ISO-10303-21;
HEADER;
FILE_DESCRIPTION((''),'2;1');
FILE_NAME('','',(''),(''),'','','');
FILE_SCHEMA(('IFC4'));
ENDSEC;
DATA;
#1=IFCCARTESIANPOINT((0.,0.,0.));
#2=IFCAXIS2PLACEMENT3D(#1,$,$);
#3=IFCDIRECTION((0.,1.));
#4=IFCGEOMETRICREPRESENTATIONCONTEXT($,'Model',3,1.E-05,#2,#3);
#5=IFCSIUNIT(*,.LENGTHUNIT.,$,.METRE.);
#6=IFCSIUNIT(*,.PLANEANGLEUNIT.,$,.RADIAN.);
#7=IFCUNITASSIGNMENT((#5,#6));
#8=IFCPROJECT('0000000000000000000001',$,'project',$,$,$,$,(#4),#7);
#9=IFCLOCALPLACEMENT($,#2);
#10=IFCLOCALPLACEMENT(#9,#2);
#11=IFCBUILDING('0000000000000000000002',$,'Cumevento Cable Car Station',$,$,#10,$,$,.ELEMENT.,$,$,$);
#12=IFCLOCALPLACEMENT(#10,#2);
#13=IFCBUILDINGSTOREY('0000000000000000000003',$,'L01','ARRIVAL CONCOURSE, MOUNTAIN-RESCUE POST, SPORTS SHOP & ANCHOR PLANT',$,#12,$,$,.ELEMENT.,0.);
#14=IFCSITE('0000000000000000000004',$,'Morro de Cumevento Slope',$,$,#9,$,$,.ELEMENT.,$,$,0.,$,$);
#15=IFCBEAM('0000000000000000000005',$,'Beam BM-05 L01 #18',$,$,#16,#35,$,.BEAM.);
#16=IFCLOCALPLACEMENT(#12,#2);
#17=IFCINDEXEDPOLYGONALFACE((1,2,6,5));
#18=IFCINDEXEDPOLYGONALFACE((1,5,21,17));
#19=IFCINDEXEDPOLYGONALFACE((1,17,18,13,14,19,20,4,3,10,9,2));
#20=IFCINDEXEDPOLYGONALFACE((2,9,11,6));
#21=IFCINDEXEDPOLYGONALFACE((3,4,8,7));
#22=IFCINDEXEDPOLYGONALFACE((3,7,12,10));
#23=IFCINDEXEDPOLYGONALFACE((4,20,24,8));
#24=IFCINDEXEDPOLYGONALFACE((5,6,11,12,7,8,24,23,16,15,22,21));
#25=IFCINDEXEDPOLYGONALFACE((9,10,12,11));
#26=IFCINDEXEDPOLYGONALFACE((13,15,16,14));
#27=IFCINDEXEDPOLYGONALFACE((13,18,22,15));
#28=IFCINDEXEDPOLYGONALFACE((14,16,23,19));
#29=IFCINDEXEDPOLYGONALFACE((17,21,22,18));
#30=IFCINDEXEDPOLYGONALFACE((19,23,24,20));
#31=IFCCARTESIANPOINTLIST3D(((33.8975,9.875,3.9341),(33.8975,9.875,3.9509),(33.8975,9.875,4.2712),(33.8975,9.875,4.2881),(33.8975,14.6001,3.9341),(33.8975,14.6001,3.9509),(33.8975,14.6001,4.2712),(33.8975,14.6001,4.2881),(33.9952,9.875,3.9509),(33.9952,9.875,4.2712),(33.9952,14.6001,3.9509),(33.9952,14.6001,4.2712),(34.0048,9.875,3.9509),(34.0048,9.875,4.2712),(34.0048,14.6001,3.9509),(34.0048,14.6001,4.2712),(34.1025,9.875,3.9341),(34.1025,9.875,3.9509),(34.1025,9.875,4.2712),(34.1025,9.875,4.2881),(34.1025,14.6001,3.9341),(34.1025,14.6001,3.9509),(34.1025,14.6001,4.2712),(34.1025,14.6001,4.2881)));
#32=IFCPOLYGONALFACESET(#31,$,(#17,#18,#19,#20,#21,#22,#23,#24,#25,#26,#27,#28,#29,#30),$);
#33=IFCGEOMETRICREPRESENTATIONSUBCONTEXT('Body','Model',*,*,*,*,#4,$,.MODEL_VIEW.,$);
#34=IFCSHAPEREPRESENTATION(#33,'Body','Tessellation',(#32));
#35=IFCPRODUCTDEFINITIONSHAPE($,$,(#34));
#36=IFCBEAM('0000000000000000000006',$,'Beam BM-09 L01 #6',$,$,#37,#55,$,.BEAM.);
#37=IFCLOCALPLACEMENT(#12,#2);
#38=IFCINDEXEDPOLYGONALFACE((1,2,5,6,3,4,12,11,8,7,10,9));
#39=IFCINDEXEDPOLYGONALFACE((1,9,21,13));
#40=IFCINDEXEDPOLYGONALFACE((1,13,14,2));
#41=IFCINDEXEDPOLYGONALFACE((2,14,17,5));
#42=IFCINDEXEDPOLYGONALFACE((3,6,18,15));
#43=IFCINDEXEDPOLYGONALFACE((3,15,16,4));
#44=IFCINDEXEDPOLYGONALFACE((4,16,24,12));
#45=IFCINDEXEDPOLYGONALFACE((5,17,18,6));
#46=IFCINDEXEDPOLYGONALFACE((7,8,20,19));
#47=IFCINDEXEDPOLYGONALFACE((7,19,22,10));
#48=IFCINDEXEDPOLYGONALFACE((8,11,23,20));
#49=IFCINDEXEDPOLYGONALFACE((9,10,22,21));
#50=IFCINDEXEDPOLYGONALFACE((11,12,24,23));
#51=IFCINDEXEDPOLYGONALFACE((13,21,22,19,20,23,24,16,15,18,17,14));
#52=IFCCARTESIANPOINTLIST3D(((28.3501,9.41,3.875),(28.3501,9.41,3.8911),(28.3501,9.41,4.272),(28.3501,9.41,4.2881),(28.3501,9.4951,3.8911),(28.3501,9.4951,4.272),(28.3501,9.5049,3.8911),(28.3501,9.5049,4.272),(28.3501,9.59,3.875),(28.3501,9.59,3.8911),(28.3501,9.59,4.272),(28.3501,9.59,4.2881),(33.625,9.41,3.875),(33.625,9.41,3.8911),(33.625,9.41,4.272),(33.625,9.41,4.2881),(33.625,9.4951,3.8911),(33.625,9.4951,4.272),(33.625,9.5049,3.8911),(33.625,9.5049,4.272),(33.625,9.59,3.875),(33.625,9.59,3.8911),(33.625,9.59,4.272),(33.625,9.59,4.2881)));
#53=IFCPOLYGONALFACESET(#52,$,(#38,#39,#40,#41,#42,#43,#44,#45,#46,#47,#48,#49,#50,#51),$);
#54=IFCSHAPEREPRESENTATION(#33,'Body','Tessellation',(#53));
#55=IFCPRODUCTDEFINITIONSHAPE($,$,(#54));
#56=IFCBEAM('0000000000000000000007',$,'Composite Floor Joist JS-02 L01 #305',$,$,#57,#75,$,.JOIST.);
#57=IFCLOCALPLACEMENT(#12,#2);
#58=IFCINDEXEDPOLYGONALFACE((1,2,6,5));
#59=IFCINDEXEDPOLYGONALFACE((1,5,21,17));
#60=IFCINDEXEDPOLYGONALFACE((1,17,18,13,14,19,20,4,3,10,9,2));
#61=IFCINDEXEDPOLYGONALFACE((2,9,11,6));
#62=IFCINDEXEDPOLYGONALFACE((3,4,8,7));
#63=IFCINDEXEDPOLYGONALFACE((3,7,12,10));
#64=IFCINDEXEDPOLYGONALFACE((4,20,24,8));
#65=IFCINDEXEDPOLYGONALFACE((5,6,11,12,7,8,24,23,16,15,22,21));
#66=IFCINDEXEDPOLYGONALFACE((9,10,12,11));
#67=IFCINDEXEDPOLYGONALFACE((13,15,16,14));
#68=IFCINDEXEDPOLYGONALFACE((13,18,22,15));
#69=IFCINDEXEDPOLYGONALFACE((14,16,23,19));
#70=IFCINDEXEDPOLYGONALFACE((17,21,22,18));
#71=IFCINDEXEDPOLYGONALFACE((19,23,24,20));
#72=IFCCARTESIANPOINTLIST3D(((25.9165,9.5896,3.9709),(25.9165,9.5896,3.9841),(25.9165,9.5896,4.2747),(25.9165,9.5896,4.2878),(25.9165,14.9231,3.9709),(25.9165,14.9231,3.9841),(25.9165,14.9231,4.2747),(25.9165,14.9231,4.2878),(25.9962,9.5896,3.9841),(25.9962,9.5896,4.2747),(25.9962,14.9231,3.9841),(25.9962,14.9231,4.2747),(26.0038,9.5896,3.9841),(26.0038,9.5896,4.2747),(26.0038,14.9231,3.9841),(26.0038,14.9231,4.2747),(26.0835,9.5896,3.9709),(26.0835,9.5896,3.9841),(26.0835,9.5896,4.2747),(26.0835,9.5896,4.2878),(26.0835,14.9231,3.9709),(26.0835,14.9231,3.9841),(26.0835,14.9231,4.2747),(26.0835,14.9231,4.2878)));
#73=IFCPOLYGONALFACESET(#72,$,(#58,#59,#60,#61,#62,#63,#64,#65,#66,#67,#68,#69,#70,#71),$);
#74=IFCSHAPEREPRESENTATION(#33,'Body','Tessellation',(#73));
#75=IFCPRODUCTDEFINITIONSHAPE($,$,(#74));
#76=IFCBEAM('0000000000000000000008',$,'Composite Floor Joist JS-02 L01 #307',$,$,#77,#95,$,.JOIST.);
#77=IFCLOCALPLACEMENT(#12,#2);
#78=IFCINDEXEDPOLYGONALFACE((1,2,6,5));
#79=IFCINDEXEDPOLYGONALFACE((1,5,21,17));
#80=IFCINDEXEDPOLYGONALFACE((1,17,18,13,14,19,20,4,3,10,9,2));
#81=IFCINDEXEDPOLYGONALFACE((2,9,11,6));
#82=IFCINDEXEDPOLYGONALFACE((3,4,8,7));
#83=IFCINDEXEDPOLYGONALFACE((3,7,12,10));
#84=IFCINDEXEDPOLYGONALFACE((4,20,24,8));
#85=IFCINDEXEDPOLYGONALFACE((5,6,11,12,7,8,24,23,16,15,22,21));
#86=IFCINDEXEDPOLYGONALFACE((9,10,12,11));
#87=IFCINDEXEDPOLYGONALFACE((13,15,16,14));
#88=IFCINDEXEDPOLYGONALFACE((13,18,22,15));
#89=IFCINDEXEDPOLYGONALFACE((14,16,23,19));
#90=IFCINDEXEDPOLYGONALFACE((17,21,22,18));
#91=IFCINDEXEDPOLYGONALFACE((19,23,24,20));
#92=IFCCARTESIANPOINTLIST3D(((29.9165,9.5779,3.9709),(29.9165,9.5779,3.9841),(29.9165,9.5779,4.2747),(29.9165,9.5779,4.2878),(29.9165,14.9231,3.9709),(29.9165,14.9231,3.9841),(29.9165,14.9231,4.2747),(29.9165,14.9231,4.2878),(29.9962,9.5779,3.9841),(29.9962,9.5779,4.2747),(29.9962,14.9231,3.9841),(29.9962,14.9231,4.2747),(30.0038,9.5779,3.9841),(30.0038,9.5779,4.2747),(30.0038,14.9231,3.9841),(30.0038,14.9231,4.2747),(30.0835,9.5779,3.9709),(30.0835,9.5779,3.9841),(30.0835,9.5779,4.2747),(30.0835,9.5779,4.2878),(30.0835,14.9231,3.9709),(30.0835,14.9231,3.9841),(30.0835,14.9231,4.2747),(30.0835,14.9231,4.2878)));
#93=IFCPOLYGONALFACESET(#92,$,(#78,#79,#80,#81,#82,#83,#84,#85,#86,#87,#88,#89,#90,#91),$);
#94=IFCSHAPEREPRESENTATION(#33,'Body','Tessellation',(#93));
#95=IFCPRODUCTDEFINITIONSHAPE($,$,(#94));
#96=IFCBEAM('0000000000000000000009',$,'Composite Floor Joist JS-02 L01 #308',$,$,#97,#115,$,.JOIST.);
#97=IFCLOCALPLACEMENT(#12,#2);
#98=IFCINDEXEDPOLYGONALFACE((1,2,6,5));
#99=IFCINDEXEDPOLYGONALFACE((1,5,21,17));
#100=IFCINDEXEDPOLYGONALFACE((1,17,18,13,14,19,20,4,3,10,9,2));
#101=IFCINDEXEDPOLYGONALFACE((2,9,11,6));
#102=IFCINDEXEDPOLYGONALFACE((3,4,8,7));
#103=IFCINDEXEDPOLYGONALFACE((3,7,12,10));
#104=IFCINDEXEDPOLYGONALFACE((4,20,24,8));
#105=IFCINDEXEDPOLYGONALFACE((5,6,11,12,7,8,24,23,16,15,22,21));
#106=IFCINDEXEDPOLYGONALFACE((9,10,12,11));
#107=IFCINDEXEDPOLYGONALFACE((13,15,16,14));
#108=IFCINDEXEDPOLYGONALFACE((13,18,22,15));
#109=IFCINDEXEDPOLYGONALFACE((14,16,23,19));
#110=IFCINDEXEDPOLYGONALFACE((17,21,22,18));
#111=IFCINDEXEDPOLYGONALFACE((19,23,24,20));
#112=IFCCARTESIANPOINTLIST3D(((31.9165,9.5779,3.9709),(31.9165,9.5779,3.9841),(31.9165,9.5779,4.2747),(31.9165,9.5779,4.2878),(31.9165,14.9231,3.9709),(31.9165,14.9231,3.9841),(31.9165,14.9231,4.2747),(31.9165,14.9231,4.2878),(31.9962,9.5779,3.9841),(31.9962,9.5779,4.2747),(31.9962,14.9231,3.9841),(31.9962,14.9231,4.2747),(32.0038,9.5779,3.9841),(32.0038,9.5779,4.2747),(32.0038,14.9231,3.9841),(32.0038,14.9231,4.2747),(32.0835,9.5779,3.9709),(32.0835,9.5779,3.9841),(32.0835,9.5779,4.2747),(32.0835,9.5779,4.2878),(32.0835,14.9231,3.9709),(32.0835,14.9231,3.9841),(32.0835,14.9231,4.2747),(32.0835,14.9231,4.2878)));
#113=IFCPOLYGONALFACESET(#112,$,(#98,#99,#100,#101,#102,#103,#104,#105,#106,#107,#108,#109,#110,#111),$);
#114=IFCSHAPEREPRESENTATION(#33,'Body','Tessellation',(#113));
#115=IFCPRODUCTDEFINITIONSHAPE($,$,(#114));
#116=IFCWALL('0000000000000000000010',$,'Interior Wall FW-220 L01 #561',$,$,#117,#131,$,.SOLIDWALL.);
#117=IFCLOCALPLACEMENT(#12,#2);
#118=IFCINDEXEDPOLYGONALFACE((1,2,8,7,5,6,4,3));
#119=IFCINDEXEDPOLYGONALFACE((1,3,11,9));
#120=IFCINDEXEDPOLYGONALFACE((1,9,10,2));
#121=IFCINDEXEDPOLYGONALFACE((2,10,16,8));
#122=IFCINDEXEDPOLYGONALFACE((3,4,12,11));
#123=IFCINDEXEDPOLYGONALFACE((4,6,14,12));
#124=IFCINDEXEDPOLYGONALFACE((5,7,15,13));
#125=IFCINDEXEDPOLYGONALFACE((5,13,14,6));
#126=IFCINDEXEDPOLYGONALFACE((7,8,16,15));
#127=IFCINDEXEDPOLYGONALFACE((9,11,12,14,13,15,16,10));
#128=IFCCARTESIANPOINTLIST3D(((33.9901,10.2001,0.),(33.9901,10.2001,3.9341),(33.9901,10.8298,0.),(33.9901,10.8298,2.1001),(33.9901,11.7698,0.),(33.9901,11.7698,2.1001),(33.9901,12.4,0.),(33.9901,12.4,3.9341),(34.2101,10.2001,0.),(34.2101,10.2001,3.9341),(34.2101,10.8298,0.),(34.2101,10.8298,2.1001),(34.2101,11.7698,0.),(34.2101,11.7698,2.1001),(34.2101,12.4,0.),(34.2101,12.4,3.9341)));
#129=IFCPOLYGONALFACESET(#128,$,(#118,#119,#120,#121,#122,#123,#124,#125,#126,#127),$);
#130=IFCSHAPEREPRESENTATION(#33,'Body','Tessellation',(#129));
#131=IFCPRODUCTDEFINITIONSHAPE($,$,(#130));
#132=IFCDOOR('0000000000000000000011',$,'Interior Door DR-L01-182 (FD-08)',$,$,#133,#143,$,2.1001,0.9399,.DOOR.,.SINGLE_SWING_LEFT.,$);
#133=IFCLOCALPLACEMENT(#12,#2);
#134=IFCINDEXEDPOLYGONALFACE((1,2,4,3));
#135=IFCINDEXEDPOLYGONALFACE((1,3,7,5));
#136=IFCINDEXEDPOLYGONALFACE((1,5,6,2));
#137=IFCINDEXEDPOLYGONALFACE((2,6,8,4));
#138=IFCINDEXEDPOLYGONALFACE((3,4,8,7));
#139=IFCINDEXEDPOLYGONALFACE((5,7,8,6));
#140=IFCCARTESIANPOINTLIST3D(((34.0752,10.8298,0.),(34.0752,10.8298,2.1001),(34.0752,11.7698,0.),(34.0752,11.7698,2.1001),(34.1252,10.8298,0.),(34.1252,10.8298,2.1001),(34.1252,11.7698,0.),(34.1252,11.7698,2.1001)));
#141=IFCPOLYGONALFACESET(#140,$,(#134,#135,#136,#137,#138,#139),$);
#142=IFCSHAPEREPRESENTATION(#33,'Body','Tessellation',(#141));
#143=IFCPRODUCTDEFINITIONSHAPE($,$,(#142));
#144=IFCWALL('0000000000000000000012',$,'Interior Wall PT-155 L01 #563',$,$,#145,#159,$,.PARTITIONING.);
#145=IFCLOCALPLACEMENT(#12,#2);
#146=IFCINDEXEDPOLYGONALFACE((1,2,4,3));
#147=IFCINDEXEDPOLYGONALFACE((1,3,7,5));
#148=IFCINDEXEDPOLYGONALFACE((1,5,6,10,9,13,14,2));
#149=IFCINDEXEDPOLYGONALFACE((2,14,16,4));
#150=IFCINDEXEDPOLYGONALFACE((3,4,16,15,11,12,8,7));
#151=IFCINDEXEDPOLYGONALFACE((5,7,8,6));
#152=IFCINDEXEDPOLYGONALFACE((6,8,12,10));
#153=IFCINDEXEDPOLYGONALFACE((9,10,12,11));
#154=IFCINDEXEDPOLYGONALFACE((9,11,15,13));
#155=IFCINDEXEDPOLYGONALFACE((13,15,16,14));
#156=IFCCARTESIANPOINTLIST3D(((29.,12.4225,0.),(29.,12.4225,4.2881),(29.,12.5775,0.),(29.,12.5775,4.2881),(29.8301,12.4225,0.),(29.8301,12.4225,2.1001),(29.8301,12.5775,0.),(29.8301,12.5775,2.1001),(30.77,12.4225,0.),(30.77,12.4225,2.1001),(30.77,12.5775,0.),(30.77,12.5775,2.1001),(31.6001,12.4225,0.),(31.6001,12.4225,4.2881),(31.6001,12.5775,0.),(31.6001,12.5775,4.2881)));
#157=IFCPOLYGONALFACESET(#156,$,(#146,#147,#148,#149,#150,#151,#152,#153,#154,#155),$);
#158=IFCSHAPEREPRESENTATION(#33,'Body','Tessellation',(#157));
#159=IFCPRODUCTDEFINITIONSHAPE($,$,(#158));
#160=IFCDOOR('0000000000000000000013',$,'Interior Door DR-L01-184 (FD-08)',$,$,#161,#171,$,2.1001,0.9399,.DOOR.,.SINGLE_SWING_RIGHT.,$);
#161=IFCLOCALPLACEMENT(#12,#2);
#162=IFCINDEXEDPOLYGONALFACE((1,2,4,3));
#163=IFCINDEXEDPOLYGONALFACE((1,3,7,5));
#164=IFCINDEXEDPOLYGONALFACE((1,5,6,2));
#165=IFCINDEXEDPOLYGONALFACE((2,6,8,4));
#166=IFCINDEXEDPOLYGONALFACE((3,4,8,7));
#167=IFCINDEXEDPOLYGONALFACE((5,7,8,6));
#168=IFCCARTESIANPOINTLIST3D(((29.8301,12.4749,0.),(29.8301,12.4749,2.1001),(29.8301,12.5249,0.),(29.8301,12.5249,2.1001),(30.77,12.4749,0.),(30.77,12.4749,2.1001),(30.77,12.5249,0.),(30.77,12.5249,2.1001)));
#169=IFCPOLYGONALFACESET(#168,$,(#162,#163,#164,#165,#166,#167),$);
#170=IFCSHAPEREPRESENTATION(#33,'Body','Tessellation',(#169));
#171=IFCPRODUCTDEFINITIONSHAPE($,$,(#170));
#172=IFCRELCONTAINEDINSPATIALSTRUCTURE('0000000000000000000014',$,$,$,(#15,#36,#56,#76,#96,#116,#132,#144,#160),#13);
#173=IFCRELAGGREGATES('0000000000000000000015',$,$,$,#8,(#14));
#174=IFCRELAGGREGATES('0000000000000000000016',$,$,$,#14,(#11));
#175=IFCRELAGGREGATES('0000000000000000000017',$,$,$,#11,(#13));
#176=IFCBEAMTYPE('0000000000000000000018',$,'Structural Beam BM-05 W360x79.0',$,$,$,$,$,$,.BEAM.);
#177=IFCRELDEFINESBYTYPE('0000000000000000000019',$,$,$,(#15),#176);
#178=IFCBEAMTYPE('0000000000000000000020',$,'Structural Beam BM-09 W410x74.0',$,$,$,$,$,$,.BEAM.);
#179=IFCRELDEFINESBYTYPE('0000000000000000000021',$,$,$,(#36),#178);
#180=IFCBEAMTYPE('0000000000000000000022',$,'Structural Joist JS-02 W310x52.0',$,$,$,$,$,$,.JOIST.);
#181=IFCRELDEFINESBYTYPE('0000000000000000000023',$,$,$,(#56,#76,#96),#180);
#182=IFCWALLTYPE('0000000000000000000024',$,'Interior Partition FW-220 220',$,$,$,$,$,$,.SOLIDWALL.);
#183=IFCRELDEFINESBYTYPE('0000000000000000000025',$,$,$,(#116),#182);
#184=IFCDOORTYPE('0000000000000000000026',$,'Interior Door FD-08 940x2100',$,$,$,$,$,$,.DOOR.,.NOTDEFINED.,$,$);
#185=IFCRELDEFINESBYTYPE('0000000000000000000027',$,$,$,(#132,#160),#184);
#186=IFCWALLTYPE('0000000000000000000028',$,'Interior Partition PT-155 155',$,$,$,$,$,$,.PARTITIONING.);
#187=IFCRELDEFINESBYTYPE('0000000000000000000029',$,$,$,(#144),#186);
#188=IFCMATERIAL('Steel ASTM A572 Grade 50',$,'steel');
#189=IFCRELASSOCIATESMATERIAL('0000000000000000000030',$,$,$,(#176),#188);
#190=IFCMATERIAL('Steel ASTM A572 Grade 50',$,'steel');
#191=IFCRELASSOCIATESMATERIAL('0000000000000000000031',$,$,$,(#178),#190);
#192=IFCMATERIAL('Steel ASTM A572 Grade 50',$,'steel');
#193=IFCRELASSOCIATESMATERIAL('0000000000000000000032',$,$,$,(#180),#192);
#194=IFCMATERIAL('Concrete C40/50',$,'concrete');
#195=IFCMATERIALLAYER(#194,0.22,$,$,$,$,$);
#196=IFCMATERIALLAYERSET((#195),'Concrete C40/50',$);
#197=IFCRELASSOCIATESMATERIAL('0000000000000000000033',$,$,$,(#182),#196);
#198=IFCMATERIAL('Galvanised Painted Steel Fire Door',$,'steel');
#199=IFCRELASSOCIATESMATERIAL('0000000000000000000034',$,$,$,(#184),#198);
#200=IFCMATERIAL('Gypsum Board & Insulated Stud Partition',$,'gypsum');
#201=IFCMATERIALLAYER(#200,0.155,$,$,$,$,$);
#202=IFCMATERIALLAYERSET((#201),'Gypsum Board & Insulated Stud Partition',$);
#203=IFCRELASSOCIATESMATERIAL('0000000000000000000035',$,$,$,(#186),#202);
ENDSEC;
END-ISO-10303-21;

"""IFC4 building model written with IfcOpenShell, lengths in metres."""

from ifc_helpers import new_model, si_unit, direction, frame, frame_2d, origin, origin_2d, place, context, subcontext, project, spatial, rectangle, i_section, extrude, material, layer, layer_set, material_profile, profile_set, type_object, element, fill, save


model = new_model("IFC4")

# Units and contexts
model_context = context("Model", 3, precision=1e-05, world=origin(), true_north=direction((0.0, 1.0)))
body_context = subcontext(model_context, "Body", "Model", "MODEL_VIEW")
ifc_project = project(units=[si_unit("LENGTHUNIT", "METRE"), si_unit("PLANEANGLEUNIT", "RADIAN")], contexts=[model_context])

# Site, building, storey
site_placement = place(None, origin())
site = spatial("IfcSite", under=ifc_project, at=site_placement, Name="Morro de Cumevento Slope", CompositionType="ELEMENT", RefElevation=0.0)
building_placement = place(site_placement, origin())
building = spatial("IfcBuilding", under=site, at=building_placement, Name="Cumevento Cable Car Station", CompositionType="ELEMENT")
storey_placement = place(building_placement, origin())
storey = spatial("IfcBuildingStorey", under=building, at=storey_placement, Name="L01", Description="ARRIVAL CONCOURSE, MOUNTAIN-RESCUE POST, SPORTS SHOP & ANCHOR PLANT", CompositionType="ELEMENT", Elevation=0.0)

# Beams
ifc_material_1 = material(Name="Steel ASTM A572 Grade 50", Category="steel")
ifc_material_profile_1 = material_profile(ifc_material_1, i_section(OverallWidth=0.2051, OverallDepth=0.354, WebThickness=0.0095, FlangeThickness=0.0168, at=origin_2d()), Name="W360x79.0")
ifc_profile_set_1 = profile_set([ifc_material_profile_1], Name="Steel ASTM A572 Grade 50")
beam_type_1 = type_object("IfcBeamType", Name="Structural Beam BM-05 W360x79.0", PredefinedType="BEAM", material=ifc_profile_set_1)
beam_1_placement = place(storey_placement, frame((34.0, 9.875, 4.1111), z_axis=(0.0, 1.0, 0.0), x_axis=(-1.0, 0.0, 0.0)))
element("IfcBeam", 1, at=beam_1_placement, inside=storey, type_object=beam_type_1, Name="Beam BM-05 L01 #18", PredefinedType="BEAM", context=body_context, shape_type="SweptSolid", body=[
    extrude(i_section(OverallWidth=0.2051, OverallDepth=0.354, WebThickness=0.0095, FlangeThickness=0.0168, at=origin_2d()), origin(), (0.0, 0.0, 1.0), 4.7251),
])
ifc_material_2 = material(Name="Steel ASTM A572 Grade 50", Category="steel")
ifc_material_profile_2 = material_profile(ifc_material_2, i_section(OverallWidth=0.1799, OverallDepth=0.4131, WebThickness=0.0098, FlangeThickness=0.0161, at=origin_2d()), Name="W410x74.0")
ifc_profile_set_2 = profile_set([ifc_material_profile_2], Name="Steel ASTM A572 Grade 50")
beam_type_2 = type_object("IfcBeamType", Name="Structural Beam BM-09 W410x74.0", PredefinedType="BEAM", material=ifc_profile_set_2)
beam_2_placement = place(storey_placement, frame((28.3501, 9.5, 4.0815), z_axis=(1.0, 0.0, 0.0), x_axis=(0.0, 1.0, 0.0)))
element("IfcBeam", 2, at=beam_2_placement, inside=storey, type_object=beam_type_2, Name="Beam BM-09 L01 #6", PredefinedType="BEAM", context=body_context, shape_type="SweptSolid", body=[
    extrude(i_section(OverallWidth=0.1799, OverallDepth=0.4131, WebThickness=0.0098, FlangeThickness=0.0161, at=origin_2d()), origin(), (0.0, 0.0, 1.0), 5.2749),
])
ifc_material_3 = material(Name="Steel ASTM A572 Grade 50", Category="steel")
ifc_material_profile_3 = material_profile(ifc_material_3, i_section(OverallWidth=0.167, OverallDepth=0.3169, WebThickness=0.0076, FlangeThickness=0.0132, at=origin_2d()), Name="W310x52.0")
ifc_profile_set_3 = profile_set([ifc_material_profile_3], Name="Steel ASTM A572 Grade 50")
beam_type_3 = type_object("IfcBeamType", Name="Structural Joist JS-02 W310x52.0", PredefinedType="JOIST", material=ifc_profile_set_3)
beam_3_placement = place(storey_placement, frame((26.0, 9.5896, 4.1294), z_axis=(0.0, 1.0, 0.0), x_axis=(-1.0, 0.0, 0.0)))
element("IfcBeam", 3, at=beam_3_placement, inside=storey, type_object=beam_type_3, Name="Composite Floor Joist JS-02 L01 #305", PredefinedType="JOIST", context=body_context, shape_type="SweptSolid", body=[
    extrude(i_section(OverallWidth=0.167, OverallDepth=0.3169, WebThickness=0.0076, FlangeThickness=0.0132, at=origin_2d()), origin(), (0.0, 0.0, 1.0), 5.3335),
])
for number, where, z_axis, x_axis, name in (
    (4, (30.0, 9.5779, 4.1294), (0.0, 1.0, 0.0), (-1.0, 0.0, 0.0), "Composite Floor Joist JS-02 L01 #307"),
    (5, (32.0, 9.5779, 4.1294), (0.0, 1.0, 0.0), (-1.0, 0.0, 0.0), "Composite Floor Joist JS-02 L01 #308"),
):
    element("IfcBeam", number, at=place(storey_placement, frame(where, z_axis=z_axis, x_axis=x_axis)), inside=storey, type_object=beam_type_3, Name=name, PredefinedType="JOIST", context=body_context, shape_type="SweptSolid", body=[
        extrude(i_section(OverallWidth=0.167, OverallDepth=0.3169, WebThickness=0.0076, FlangeThickness=0.0132, at=origin_2d()), origin(), (0.0, 0.0, 1.0), 5.3452),
    ])

# Walls, openings, doors
ifc_material_4 = material(Name="Concrete C40/50", Category="concrete")
ifc_layer_1 = layer(ifc_material_4, 0.22)
ifc_layer_set_1 = layer_set([ifc_layer_1], Name="Concrete C40/50")
wall_type_1 = type_object("IfcWallType", Name="Interior Partition FW-220 220", PredefinedType="SOLIDWALL", material=ifc_layer_set_1)
wall_1_placement = place(storey_placement, frame((34.1001, 10.2, 0.0), z_axis=(0.0, 0.0, 1.0), x_axis=(0.0, 1.0, 0.0)))
wall_1 = element("IfcWall", 6, at=wall_1_placement, inside=storey, type_object=wall_type_1, Name="Interior Wall FW-220 L01 #561", PredefinedType="SOLIDWALL", context=body_context, shape_type="SweptSolid", body=[
    extrude(rectangle(XDim=2.2, YDim=0.22, at=frame_2d((1.1001, 0.0))), origin(), (0.0, 0.0, 1.0), 3.9341),
])
opening_1_placement = place(wall_1_placement, frame((0.6299, 0.0, 0.0)))
opening_1 = element("IfcOpeningElement", 7, at=opening_1_placement, cuts=wall_1, PredefinedType="OPENING", context=body_context, shape_type="SweptSolid", body=[
    extrude(rectangle(XDim=0.9399, YDim=2.1001, at=frame_2d((0.47, 1.05))), frame((0.0, 0.1199, 0.0), z_axis=(0.0, -1.0, 0.0), x_axis=(1.0, 0.0, 0.0)), (0.0, 0.0, 1.0), 0.24),
])
ifc_material_5 = material(Name="Galvanised Painted Steel Fire Door", Category="steel")
door_type_1 = type_object("IfcDoorType", Name="Interior Door FD-08 940x2100", OperationType="NOTDEFINED", PredefinedType="DOOR", material=ifc_material_5)
door_1_placement = place(opening_1_placement, origin())
door_1 = element("IfcDoor", 8, at=door_1_placement, inside=storey, type_object=door_type_1, Name="Interior Door DR-L01-182 (FD-08)", OperationType="SINGLE_SWING_LEFT", OverallHeight=2.1001, OverallWidth=0.9399, PredefinedType="DOOR", context=body_context, shape_type="SweptSolid", body=[
    extrude(rectangle(XDim=0.9399, YDim=2.1001, at=frame_2d((0.47, 1.05))), frame((0.0, 0.0249, 0.0), z_axis=(0.0, -1.0, 0.0), x_axis=(1.0, 0.0, 0.0)), (0.0, 0.0, 1.0), 0.05),
])
fill(opening_1, door_1)
ifc_material_6 = material(Name="Gypsum Board & Insulated Stud Partition", Category="gypsum")
ifc_layer_2 = layer(ifc_material_6, 0.155)
ifc_layer_set_2 = layer_set([ifc_layer_2], Name="Gypsum Board & Insulated Stud Partition")
wall_type_2 = type_object("IfcWallType", Name="Interior Partition PT-155 155", PredefinedType="PARTITIONING", material=ifc_layer_set_2)
wall_2_placement = place(storey_placement, frame((29.0, 12.5, 0.0), z_axis=(0.0, 0.0, 1.0), x_axis=(1.0, 0.0, 0.0)))
wall_2 = element("IfcWall", 9, at=wall_2_placement, inside=storey, type_object=wall_type_2, Name="Interior Wall PT-155 L01 #563", PredefinedType="PARTITIONING", context=body_context, shape_type="SweptSolid", body=[
    extrude(rectangle(XDim=2.6001, YDim=0.155, at=frame_2d((1.3, 0.0))), origin(), (0.0, 0.0, 1.0), 4.2881),
])
opening_2_placement = place(wall_2_placement, frame((0.8301, 0.0, 0.0)))
opening_2 = element("IfcOpeningElement", 10, at=opening_2_placement, cuts=wall_2, PredefinedType="OPENING", context=body_context, shape_type="SweptSolid", body=[
    extrude(rectangle(XDim=0.9399, YDim=2.1001, at=frame_2d((0.47, 1.05))), frame((0.0, 0.0876, 0.0), z_axis=(0.0, -1.0, 0.0), x_axis=(1.0, 0.0, 0.0)), (0.0, 0.0, 1.0), 0.175),
])
door_2_placement = place(opening_2_placement, origin())
door_2 = element("IfcDoor", 11, at=door_2_placement, inside=storey, type_object=door_type_1, Name="Interior Door DR-L01-184 (FD-08)", OperationType="SINGLE_SWING_RIGHT", OverallHeight=2.1001, OverallWidth=0.9399, PredefinedType="DOOR", context=body_context, shape_type="SweptSolid", body=[
    extrude(rectangle(XDim=0.9399, YDim=2.1001, at=frame_2d((0.47, 1.05))), frame((0.0, 0.0249, 0.0), z_axis=(0.0, -1.0, 0.0), x_axis=(1.0, 0.0, 0.0)), (0.0, 0.0, 1.0), 0.05),
])
fill(opening_2, door_2)

save(model, "model.ifc")
